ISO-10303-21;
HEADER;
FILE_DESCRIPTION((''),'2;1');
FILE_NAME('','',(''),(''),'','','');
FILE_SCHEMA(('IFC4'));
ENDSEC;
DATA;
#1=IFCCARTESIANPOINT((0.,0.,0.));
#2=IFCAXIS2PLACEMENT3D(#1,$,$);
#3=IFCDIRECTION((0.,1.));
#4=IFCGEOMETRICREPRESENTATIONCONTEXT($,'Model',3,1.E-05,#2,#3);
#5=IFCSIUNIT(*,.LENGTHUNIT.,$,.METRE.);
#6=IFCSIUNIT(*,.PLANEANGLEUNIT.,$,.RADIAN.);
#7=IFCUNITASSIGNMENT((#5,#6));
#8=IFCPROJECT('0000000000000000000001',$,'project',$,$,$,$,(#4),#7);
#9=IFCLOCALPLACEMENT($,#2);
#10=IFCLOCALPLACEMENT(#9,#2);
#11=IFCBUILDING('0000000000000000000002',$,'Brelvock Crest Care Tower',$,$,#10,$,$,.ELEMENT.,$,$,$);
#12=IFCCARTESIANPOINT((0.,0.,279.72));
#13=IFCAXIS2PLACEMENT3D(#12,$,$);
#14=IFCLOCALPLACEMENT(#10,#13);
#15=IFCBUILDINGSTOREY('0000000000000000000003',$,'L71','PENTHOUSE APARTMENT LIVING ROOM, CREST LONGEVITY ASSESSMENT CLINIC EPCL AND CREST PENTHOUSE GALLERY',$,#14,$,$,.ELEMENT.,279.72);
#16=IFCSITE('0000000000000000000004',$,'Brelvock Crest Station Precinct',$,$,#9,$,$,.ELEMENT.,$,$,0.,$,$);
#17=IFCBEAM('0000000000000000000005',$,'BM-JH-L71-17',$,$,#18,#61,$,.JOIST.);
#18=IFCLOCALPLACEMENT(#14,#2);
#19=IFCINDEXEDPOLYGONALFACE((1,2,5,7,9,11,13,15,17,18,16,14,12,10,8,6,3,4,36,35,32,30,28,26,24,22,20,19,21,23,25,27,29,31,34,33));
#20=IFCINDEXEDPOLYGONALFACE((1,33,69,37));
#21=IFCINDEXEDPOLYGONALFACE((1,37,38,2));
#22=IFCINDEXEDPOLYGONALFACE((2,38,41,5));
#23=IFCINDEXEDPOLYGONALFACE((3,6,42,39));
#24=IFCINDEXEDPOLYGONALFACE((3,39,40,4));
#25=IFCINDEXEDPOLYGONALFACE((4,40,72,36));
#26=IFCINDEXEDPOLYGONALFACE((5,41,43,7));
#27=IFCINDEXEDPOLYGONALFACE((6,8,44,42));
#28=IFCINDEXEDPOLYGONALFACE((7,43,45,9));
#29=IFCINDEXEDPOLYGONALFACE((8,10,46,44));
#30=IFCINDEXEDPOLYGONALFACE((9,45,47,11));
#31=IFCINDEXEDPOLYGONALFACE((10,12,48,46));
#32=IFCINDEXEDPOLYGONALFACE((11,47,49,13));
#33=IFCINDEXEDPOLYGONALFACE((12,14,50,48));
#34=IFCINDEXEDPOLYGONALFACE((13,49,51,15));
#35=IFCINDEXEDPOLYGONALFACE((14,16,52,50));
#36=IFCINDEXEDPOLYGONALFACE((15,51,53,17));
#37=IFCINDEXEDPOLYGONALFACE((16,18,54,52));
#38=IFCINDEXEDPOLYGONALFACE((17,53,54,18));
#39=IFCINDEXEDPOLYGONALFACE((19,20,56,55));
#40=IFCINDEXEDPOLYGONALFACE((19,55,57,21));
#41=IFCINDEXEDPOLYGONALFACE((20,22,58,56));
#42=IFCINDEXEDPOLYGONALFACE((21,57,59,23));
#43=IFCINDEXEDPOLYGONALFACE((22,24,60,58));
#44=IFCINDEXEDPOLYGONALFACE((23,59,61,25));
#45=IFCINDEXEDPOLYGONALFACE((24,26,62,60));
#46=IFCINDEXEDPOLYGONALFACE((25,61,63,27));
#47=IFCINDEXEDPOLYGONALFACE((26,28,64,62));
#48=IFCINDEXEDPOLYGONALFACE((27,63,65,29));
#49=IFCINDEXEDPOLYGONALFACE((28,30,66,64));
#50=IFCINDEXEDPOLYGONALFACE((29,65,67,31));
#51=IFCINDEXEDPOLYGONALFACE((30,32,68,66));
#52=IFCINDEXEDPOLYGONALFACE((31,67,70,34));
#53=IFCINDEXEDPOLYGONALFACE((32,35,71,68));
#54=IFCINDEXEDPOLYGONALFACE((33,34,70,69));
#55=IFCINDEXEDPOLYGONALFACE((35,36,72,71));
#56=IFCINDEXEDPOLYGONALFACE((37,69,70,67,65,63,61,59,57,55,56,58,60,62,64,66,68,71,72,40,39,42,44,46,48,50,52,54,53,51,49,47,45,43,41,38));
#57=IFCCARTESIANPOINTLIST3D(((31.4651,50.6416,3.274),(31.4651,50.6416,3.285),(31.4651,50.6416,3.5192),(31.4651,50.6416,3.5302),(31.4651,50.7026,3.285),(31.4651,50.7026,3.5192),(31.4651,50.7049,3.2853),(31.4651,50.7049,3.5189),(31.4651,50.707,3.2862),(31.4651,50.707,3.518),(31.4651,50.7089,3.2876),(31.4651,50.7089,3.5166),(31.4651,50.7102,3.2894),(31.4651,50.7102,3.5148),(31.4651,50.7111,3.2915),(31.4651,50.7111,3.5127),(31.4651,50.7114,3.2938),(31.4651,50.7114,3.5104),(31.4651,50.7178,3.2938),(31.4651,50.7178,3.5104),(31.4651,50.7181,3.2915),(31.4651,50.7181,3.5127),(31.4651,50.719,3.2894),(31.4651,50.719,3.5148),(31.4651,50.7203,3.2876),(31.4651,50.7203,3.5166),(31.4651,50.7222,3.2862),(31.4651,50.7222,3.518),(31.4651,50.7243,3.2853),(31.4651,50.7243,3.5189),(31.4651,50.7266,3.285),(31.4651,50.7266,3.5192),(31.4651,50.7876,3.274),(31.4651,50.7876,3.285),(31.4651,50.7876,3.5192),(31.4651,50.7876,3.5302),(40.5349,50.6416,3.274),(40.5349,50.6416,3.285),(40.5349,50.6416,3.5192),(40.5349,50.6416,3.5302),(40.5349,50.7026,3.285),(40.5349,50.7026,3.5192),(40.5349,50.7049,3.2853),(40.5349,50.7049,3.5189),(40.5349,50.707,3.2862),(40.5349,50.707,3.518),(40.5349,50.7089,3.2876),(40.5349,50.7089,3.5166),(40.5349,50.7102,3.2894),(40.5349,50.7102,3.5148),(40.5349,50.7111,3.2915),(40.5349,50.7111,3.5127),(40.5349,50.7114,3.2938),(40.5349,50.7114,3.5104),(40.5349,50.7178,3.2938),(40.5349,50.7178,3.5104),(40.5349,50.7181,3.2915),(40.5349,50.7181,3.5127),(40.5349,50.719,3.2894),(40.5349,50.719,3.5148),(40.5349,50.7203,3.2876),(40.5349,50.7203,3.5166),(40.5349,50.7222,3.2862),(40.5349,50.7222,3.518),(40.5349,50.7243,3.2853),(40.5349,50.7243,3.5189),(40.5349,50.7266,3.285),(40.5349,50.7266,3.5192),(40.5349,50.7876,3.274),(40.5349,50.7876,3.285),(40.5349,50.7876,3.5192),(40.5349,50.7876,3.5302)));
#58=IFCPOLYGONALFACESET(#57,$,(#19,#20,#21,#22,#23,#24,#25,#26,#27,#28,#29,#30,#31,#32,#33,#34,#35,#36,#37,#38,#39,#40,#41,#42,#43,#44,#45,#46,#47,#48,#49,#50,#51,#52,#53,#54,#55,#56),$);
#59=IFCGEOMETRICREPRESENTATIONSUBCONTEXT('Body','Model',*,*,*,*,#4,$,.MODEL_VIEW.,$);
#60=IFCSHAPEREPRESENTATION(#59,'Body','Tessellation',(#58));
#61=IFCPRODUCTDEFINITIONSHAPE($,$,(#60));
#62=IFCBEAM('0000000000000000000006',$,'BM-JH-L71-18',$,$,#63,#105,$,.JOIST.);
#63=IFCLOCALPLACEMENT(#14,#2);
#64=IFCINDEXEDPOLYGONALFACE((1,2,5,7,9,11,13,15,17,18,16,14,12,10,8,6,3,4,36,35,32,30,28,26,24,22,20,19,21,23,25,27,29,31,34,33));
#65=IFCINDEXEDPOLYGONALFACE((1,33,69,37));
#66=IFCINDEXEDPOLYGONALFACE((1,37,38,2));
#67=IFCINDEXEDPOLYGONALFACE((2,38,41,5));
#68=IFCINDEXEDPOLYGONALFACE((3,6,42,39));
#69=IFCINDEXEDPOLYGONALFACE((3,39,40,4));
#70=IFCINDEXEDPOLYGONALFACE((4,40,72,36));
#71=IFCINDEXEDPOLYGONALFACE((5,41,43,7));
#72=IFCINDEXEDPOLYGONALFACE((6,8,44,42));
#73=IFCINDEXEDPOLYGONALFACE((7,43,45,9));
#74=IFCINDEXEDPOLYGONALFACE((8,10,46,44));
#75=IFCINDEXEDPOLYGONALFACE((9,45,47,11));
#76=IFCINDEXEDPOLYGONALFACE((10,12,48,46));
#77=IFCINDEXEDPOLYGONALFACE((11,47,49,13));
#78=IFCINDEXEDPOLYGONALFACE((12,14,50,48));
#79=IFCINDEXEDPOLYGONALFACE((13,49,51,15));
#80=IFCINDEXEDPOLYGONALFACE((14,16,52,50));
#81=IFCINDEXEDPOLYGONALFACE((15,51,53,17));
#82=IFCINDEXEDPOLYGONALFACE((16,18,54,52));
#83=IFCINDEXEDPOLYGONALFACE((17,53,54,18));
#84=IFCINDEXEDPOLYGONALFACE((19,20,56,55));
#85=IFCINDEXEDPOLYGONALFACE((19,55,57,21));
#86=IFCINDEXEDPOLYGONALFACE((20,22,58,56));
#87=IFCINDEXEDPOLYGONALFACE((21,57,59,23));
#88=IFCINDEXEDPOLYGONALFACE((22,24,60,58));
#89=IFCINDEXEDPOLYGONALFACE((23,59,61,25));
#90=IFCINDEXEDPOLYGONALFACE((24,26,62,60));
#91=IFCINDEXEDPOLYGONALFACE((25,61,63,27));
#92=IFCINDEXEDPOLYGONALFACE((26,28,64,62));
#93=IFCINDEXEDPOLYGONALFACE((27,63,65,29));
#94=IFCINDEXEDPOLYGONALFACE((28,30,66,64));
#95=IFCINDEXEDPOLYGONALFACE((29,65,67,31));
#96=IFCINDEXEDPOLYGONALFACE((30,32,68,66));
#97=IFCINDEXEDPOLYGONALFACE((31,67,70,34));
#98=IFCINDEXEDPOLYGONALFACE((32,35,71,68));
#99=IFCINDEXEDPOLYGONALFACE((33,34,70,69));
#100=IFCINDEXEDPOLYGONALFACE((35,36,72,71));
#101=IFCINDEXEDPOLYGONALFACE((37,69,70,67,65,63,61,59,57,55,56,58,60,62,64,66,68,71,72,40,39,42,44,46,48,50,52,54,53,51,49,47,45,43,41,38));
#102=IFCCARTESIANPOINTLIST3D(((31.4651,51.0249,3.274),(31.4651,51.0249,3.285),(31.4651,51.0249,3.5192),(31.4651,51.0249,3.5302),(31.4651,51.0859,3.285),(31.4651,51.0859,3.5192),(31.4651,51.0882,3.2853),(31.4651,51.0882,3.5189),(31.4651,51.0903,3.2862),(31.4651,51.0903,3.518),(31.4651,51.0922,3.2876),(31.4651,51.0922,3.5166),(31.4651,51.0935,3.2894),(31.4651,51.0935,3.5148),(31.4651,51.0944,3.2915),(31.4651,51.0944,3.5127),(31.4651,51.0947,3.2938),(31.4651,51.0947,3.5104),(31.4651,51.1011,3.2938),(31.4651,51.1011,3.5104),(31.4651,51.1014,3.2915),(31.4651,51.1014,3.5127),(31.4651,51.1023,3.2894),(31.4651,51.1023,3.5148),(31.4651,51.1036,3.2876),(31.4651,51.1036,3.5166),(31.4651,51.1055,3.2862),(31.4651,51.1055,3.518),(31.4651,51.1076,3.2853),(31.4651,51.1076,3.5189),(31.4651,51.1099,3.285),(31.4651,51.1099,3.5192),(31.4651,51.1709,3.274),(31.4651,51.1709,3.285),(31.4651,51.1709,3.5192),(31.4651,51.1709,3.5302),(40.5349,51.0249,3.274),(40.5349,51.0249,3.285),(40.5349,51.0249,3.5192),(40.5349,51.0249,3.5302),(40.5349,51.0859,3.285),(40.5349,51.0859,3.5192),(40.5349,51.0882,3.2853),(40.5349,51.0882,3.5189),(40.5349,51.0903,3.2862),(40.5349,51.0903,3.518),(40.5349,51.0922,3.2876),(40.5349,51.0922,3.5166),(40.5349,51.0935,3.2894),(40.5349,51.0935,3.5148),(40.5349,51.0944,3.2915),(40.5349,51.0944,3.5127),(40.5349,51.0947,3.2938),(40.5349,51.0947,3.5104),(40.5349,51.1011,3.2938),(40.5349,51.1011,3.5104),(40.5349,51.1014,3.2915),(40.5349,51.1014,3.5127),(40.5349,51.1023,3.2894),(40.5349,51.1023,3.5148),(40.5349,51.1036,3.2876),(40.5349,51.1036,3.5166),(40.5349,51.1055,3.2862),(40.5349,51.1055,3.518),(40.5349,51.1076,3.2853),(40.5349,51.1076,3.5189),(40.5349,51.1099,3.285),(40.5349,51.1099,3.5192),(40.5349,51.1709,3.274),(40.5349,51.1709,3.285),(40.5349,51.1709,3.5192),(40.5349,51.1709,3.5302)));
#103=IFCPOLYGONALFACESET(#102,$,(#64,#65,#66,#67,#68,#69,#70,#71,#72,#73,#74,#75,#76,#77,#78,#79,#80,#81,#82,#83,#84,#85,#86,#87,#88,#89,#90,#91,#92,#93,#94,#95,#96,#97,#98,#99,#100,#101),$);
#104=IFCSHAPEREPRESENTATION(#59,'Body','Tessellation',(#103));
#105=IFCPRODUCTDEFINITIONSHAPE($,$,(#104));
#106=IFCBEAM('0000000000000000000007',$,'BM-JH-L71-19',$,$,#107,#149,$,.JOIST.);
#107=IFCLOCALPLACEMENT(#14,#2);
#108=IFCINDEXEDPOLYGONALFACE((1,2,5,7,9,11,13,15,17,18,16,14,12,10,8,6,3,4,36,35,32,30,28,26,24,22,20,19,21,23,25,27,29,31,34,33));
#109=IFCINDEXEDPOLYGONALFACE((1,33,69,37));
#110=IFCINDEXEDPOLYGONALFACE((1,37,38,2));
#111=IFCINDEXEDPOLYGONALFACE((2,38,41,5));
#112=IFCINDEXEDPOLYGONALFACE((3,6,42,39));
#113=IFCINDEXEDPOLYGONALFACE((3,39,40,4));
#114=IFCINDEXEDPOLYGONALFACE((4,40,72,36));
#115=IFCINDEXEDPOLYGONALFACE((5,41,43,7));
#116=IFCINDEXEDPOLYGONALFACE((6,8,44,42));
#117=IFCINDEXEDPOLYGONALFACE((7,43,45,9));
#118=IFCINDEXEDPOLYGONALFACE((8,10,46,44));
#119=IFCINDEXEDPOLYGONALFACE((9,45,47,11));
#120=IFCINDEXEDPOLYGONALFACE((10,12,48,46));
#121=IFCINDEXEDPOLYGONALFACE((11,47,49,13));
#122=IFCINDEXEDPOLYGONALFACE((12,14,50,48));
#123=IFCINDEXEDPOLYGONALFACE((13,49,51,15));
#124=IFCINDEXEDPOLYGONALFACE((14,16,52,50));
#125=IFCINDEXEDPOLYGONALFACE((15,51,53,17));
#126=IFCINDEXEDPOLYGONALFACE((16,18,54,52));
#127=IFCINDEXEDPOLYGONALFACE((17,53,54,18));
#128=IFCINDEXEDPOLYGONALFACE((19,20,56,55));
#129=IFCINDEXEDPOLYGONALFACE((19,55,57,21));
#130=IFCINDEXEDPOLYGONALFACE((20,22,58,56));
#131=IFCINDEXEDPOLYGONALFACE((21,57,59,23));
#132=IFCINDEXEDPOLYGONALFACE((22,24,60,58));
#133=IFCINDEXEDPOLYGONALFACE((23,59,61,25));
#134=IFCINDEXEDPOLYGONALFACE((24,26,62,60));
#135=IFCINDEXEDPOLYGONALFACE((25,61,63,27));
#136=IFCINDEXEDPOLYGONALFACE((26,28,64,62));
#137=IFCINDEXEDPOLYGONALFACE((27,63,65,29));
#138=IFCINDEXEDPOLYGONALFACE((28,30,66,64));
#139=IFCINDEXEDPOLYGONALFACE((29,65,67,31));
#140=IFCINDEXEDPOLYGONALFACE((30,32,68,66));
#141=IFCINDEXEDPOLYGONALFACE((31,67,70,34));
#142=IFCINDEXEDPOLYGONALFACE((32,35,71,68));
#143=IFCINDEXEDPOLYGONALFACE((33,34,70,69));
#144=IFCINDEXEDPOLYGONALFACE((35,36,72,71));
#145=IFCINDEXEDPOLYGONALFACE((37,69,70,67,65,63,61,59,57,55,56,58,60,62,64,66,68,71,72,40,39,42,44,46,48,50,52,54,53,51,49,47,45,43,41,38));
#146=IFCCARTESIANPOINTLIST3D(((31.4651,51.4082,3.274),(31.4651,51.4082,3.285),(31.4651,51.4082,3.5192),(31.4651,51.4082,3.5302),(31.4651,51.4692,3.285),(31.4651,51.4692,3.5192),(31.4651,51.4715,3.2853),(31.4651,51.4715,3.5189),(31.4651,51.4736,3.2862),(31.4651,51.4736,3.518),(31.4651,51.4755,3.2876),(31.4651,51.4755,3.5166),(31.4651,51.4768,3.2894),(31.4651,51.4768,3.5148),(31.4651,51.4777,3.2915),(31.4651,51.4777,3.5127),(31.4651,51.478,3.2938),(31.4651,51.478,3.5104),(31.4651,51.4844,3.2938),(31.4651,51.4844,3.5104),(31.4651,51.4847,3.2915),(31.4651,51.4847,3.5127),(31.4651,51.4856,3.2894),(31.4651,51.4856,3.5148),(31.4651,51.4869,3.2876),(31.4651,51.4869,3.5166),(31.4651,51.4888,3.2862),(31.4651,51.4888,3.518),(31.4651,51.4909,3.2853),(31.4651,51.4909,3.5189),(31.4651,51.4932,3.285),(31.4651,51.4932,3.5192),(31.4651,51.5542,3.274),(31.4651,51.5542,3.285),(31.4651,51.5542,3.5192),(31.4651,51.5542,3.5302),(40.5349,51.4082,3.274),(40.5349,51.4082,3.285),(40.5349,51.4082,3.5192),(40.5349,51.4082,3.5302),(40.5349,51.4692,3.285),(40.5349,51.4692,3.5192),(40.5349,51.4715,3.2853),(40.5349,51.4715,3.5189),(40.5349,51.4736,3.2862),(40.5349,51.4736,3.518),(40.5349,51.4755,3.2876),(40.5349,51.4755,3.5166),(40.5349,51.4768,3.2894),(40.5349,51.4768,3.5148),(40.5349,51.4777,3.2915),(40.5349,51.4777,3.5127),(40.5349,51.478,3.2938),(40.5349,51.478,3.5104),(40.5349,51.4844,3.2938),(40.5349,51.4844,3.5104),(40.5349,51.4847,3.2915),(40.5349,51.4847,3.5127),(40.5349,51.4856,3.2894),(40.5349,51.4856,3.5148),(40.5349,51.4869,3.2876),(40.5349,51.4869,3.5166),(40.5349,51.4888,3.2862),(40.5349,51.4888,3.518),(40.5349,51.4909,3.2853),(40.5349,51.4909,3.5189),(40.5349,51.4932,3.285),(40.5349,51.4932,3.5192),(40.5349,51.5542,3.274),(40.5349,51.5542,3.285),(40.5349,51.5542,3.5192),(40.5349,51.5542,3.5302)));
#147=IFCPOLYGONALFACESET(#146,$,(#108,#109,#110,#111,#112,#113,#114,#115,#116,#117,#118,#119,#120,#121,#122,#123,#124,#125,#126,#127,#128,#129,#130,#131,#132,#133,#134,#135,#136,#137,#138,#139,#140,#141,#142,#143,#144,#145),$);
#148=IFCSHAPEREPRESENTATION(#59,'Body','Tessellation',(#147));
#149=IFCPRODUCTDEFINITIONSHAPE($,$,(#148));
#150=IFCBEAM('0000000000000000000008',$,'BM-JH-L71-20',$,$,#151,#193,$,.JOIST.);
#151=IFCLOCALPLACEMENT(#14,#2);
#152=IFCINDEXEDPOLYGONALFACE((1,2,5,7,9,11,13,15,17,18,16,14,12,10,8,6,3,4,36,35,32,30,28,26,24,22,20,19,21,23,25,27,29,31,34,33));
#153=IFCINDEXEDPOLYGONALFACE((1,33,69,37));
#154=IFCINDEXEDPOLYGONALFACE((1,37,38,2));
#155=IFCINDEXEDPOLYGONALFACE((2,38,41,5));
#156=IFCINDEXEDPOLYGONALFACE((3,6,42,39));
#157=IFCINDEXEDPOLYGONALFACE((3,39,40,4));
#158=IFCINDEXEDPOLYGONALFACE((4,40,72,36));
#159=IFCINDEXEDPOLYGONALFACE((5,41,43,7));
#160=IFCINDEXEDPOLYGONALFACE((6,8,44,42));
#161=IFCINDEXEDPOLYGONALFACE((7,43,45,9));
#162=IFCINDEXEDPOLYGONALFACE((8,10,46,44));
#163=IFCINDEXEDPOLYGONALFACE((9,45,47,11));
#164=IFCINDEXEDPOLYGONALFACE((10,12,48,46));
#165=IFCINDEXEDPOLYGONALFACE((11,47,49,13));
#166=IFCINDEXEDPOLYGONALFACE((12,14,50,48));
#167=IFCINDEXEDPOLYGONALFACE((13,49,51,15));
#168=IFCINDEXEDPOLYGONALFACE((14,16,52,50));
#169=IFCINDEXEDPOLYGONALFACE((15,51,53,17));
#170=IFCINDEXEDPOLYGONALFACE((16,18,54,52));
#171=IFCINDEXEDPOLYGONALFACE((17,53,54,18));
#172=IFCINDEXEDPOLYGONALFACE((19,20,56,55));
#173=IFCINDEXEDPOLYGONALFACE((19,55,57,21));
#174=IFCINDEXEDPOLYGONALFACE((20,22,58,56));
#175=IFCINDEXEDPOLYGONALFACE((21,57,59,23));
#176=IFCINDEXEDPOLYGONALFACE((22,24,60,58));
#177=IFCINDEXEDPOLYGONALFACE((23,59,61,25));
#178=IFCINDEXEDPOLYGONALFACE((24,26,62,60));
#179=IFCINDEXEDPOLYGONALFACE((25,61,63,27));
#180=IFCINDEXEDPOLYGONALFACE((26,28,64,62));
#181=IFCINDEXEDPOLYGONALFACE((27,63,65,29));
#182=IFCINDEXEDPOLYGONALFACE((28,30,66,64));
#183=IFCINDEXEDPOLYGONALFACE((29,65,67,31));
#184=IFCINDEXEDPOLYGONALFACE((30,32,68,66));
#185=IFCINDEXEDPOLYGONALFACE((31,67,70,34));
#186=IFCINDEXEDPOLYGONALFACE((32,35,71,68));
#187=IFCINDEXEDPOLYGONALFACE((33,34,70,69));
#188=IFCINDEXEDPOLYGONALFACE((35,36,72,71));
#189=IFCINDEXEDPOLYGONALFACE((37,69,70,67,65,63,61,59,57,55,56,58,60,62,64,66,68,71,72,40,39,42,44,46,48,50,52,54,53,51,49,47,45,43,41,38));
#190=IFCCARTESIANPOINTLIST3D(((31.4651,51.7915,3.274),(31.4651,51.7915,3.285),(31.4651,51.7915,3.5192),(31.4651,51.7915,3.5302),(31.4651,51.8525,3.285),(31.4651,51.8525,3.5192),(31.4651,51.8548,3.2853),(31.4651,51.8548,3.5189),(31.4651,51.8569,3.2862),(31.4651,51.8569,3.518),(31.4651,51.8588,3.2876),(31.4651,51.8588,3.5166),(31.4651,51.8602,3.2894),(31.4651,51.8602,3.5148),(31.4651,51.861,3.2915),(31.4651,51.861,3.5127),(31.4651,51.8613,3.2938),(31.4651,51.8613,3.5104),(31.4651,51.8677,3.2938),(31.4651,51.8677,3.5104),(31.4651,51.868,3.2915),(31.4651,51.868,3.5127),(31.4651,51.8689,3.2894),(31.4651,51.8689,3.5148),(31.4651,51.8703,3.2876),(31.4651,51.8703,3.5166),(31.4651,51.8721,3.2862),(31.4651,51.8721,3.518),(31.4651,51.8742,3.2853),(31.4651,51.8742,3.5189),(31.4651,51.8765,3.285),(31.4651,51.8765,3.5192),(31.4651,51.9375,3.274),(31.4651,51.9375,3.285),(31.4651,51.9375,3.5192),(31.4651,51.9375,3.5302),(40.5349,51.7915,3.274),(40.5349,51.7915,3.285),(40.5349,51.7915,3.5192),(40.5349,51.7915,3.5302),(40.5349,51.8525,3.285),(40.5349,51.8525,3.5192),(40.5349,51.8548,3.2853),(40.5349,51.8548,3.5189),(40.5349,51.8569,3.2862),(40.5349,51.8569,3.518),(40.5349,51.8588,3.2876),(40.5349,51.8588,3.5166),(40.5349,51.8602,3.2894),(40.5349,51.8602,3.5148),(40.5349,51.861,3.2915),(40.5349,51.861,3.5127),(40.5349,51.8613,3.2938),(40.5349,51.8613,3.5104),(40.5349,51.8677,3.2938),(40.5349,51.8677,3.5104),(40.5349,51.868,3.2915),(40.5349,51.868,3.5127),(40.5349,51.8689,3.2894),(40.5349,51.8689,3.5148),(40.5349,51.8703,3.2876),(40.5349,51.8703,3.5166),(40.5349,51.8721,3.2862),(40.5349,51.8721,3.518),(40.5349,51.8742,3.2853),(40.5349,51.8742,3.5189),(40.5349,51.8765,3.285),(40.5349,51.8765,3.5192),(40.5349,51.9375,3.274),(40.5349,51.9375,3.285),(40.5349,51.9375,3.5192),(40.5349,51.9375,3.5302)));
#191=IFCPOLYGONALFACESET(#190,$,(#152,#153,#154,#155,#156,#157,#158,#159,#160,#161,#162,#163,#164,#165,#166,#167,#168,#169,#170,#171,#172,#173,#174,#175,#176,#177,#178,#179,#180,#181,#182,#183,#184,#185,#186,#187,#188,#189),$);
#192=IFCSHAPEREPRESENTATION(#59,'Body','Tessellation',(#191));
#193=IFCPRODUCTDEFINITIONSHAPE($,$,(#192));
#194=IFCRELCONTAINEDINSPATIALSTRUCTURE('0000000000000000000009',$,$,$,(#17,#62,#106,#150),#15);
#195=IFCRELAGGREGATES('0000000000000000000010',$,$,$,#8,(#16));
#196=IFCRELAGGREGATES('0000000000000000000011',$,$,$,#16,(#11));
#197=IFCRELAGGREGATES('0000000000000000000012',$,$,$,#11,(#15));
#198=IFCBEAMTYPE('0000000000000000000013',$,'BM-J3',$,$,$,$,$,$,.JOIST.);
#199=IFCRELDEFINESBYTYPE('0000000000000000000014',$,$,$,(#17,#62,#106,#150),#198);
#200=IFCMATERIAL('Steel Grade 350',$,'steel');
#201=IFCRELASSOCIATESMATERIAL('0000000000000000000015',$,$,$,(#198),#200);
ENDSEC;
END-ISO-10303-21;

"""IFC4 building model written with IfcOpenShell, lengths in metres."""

from ifc_helpers import new_model, si_unit, direction, frame, origin, origin_2d, place, context, subcontext, project, spatial, i_section, extrude, source, transform, mapped, material, material_profile, profile_set, type_object, element, save


model = new_model("IFC4")

# Units and contexts
model_context = context("Model", 3, precision=1e-05, world=origin(), true_north=direction((0.0, 1.0)))
body_context = subcontext(model_context, "Body", "Model", "MODEL_VIEW")
ifc_project = project(units=[si_unit("LENGTHUNIT", "METRE"), si_unit("PLANEANGLEUNIT", "RADIAN")], contexts=[model_context])

# Site, building, storey
site_placement = place(None, origin())
site = spatial("IfcSite", under=ifc_project, at=site_placement, Name="Brelvock Crest Station Precinct", CompositionType="ELEMENT", RefElevation=0.0)
building_placement = place(site_placement, origin())
building = spatial("IfcBuilding", under=site, at=building_placement, Name="Brelvock Crest Care Tower", CompositionType="ELEMENT")
storey_placement = place(building_placement, frame((0.0, 0.0, 279.72)))
storey = spatial("IfcBuildingStorey", under=building, at=storey_placement, Name="L71", Description="PENTHOUSE APARTMENT LIVING ROOM, CREST LONGEVITY ASSESSMENT CLINIC EPCL AND CREST PENTHOUSE GALLERY", CompositionType="ELEMENT", Elevation=279.72)

# Beams
ifc_material_1 = material(Name="Steel Grade 350", Category="steel")
ifc_material_profile_1 = material_profile(ifc_material_1, i_section(OverallWidth=0.146, OverallDepth=0.2561, WebThickness=0.0063, FlangeThickness=0.011, FilletRadius=0.0088, at=origin_2d()), Name="250UB37.3")
ifc_profile_set_1 = profile_set([ifc_material_profile_1], Name="Steel Grade 350")
beam_type_1 = type_object("IfcBeamType", Name="BM-J3", PredefinedType="JOIST", material=ifc_profile_set_1)
shared_shape_1 = source(origin(), body_context, "Body", "SweptSolid", [
    extrude(i_section(OverallWidth=0.146, OverallDepth=0.2561, WebThickness=0.0063, FlangeThickness=0.011, FilletRadius=0.0088, at=origin_2d()), origin(), (0.0, 0.0, 1.0), 9.0698),
])
for number, where, z_axis, x_axis, name in (
    (1, (31.4651, 50.7146, 3.4021), (1.0, 0.0, 0.0), (0.0, 1.0, 0.0), "BM-JH-L71-17"),
    (2, (31.4651, 51.0979, 3.4021), (1.0, 0.0, 0.0), (0.0, 1.0, 0.0), "BM-JH-L71-18"),
    (3, (31.4651, 51.4812, 3.4021), (1.0, 0.0, 0.0), (0.0, 1.0, 0.0), "BM-JH-L71-19"),
    (4, (31.4651, 51.8645, 3.4021), (1.0, 0.0, 0.0), (0.0, 1.0, 0.0), "BM-JH-L71-20"),
):
    element("IfcBeam", number, at=place(storey_placement, frame(where, z_axis=z_axis, x_axis=x_axis)), inside=storey, type_object=beam_type_1, Name=name, PredefinedType="JOIST", context=body_context, shape_type="MappedRepresentation", body=[
        mapped(shared_shape_1, transform((0.0, 0.0, 0.0), x_axis=(1.0, 0.0, 0.0), y_axis=(0.0, 1.0, 0.0), z_axis=(0.0, 0.0, 1.0), scale=1.0)),
    ])

save(model, "model.ifc")
